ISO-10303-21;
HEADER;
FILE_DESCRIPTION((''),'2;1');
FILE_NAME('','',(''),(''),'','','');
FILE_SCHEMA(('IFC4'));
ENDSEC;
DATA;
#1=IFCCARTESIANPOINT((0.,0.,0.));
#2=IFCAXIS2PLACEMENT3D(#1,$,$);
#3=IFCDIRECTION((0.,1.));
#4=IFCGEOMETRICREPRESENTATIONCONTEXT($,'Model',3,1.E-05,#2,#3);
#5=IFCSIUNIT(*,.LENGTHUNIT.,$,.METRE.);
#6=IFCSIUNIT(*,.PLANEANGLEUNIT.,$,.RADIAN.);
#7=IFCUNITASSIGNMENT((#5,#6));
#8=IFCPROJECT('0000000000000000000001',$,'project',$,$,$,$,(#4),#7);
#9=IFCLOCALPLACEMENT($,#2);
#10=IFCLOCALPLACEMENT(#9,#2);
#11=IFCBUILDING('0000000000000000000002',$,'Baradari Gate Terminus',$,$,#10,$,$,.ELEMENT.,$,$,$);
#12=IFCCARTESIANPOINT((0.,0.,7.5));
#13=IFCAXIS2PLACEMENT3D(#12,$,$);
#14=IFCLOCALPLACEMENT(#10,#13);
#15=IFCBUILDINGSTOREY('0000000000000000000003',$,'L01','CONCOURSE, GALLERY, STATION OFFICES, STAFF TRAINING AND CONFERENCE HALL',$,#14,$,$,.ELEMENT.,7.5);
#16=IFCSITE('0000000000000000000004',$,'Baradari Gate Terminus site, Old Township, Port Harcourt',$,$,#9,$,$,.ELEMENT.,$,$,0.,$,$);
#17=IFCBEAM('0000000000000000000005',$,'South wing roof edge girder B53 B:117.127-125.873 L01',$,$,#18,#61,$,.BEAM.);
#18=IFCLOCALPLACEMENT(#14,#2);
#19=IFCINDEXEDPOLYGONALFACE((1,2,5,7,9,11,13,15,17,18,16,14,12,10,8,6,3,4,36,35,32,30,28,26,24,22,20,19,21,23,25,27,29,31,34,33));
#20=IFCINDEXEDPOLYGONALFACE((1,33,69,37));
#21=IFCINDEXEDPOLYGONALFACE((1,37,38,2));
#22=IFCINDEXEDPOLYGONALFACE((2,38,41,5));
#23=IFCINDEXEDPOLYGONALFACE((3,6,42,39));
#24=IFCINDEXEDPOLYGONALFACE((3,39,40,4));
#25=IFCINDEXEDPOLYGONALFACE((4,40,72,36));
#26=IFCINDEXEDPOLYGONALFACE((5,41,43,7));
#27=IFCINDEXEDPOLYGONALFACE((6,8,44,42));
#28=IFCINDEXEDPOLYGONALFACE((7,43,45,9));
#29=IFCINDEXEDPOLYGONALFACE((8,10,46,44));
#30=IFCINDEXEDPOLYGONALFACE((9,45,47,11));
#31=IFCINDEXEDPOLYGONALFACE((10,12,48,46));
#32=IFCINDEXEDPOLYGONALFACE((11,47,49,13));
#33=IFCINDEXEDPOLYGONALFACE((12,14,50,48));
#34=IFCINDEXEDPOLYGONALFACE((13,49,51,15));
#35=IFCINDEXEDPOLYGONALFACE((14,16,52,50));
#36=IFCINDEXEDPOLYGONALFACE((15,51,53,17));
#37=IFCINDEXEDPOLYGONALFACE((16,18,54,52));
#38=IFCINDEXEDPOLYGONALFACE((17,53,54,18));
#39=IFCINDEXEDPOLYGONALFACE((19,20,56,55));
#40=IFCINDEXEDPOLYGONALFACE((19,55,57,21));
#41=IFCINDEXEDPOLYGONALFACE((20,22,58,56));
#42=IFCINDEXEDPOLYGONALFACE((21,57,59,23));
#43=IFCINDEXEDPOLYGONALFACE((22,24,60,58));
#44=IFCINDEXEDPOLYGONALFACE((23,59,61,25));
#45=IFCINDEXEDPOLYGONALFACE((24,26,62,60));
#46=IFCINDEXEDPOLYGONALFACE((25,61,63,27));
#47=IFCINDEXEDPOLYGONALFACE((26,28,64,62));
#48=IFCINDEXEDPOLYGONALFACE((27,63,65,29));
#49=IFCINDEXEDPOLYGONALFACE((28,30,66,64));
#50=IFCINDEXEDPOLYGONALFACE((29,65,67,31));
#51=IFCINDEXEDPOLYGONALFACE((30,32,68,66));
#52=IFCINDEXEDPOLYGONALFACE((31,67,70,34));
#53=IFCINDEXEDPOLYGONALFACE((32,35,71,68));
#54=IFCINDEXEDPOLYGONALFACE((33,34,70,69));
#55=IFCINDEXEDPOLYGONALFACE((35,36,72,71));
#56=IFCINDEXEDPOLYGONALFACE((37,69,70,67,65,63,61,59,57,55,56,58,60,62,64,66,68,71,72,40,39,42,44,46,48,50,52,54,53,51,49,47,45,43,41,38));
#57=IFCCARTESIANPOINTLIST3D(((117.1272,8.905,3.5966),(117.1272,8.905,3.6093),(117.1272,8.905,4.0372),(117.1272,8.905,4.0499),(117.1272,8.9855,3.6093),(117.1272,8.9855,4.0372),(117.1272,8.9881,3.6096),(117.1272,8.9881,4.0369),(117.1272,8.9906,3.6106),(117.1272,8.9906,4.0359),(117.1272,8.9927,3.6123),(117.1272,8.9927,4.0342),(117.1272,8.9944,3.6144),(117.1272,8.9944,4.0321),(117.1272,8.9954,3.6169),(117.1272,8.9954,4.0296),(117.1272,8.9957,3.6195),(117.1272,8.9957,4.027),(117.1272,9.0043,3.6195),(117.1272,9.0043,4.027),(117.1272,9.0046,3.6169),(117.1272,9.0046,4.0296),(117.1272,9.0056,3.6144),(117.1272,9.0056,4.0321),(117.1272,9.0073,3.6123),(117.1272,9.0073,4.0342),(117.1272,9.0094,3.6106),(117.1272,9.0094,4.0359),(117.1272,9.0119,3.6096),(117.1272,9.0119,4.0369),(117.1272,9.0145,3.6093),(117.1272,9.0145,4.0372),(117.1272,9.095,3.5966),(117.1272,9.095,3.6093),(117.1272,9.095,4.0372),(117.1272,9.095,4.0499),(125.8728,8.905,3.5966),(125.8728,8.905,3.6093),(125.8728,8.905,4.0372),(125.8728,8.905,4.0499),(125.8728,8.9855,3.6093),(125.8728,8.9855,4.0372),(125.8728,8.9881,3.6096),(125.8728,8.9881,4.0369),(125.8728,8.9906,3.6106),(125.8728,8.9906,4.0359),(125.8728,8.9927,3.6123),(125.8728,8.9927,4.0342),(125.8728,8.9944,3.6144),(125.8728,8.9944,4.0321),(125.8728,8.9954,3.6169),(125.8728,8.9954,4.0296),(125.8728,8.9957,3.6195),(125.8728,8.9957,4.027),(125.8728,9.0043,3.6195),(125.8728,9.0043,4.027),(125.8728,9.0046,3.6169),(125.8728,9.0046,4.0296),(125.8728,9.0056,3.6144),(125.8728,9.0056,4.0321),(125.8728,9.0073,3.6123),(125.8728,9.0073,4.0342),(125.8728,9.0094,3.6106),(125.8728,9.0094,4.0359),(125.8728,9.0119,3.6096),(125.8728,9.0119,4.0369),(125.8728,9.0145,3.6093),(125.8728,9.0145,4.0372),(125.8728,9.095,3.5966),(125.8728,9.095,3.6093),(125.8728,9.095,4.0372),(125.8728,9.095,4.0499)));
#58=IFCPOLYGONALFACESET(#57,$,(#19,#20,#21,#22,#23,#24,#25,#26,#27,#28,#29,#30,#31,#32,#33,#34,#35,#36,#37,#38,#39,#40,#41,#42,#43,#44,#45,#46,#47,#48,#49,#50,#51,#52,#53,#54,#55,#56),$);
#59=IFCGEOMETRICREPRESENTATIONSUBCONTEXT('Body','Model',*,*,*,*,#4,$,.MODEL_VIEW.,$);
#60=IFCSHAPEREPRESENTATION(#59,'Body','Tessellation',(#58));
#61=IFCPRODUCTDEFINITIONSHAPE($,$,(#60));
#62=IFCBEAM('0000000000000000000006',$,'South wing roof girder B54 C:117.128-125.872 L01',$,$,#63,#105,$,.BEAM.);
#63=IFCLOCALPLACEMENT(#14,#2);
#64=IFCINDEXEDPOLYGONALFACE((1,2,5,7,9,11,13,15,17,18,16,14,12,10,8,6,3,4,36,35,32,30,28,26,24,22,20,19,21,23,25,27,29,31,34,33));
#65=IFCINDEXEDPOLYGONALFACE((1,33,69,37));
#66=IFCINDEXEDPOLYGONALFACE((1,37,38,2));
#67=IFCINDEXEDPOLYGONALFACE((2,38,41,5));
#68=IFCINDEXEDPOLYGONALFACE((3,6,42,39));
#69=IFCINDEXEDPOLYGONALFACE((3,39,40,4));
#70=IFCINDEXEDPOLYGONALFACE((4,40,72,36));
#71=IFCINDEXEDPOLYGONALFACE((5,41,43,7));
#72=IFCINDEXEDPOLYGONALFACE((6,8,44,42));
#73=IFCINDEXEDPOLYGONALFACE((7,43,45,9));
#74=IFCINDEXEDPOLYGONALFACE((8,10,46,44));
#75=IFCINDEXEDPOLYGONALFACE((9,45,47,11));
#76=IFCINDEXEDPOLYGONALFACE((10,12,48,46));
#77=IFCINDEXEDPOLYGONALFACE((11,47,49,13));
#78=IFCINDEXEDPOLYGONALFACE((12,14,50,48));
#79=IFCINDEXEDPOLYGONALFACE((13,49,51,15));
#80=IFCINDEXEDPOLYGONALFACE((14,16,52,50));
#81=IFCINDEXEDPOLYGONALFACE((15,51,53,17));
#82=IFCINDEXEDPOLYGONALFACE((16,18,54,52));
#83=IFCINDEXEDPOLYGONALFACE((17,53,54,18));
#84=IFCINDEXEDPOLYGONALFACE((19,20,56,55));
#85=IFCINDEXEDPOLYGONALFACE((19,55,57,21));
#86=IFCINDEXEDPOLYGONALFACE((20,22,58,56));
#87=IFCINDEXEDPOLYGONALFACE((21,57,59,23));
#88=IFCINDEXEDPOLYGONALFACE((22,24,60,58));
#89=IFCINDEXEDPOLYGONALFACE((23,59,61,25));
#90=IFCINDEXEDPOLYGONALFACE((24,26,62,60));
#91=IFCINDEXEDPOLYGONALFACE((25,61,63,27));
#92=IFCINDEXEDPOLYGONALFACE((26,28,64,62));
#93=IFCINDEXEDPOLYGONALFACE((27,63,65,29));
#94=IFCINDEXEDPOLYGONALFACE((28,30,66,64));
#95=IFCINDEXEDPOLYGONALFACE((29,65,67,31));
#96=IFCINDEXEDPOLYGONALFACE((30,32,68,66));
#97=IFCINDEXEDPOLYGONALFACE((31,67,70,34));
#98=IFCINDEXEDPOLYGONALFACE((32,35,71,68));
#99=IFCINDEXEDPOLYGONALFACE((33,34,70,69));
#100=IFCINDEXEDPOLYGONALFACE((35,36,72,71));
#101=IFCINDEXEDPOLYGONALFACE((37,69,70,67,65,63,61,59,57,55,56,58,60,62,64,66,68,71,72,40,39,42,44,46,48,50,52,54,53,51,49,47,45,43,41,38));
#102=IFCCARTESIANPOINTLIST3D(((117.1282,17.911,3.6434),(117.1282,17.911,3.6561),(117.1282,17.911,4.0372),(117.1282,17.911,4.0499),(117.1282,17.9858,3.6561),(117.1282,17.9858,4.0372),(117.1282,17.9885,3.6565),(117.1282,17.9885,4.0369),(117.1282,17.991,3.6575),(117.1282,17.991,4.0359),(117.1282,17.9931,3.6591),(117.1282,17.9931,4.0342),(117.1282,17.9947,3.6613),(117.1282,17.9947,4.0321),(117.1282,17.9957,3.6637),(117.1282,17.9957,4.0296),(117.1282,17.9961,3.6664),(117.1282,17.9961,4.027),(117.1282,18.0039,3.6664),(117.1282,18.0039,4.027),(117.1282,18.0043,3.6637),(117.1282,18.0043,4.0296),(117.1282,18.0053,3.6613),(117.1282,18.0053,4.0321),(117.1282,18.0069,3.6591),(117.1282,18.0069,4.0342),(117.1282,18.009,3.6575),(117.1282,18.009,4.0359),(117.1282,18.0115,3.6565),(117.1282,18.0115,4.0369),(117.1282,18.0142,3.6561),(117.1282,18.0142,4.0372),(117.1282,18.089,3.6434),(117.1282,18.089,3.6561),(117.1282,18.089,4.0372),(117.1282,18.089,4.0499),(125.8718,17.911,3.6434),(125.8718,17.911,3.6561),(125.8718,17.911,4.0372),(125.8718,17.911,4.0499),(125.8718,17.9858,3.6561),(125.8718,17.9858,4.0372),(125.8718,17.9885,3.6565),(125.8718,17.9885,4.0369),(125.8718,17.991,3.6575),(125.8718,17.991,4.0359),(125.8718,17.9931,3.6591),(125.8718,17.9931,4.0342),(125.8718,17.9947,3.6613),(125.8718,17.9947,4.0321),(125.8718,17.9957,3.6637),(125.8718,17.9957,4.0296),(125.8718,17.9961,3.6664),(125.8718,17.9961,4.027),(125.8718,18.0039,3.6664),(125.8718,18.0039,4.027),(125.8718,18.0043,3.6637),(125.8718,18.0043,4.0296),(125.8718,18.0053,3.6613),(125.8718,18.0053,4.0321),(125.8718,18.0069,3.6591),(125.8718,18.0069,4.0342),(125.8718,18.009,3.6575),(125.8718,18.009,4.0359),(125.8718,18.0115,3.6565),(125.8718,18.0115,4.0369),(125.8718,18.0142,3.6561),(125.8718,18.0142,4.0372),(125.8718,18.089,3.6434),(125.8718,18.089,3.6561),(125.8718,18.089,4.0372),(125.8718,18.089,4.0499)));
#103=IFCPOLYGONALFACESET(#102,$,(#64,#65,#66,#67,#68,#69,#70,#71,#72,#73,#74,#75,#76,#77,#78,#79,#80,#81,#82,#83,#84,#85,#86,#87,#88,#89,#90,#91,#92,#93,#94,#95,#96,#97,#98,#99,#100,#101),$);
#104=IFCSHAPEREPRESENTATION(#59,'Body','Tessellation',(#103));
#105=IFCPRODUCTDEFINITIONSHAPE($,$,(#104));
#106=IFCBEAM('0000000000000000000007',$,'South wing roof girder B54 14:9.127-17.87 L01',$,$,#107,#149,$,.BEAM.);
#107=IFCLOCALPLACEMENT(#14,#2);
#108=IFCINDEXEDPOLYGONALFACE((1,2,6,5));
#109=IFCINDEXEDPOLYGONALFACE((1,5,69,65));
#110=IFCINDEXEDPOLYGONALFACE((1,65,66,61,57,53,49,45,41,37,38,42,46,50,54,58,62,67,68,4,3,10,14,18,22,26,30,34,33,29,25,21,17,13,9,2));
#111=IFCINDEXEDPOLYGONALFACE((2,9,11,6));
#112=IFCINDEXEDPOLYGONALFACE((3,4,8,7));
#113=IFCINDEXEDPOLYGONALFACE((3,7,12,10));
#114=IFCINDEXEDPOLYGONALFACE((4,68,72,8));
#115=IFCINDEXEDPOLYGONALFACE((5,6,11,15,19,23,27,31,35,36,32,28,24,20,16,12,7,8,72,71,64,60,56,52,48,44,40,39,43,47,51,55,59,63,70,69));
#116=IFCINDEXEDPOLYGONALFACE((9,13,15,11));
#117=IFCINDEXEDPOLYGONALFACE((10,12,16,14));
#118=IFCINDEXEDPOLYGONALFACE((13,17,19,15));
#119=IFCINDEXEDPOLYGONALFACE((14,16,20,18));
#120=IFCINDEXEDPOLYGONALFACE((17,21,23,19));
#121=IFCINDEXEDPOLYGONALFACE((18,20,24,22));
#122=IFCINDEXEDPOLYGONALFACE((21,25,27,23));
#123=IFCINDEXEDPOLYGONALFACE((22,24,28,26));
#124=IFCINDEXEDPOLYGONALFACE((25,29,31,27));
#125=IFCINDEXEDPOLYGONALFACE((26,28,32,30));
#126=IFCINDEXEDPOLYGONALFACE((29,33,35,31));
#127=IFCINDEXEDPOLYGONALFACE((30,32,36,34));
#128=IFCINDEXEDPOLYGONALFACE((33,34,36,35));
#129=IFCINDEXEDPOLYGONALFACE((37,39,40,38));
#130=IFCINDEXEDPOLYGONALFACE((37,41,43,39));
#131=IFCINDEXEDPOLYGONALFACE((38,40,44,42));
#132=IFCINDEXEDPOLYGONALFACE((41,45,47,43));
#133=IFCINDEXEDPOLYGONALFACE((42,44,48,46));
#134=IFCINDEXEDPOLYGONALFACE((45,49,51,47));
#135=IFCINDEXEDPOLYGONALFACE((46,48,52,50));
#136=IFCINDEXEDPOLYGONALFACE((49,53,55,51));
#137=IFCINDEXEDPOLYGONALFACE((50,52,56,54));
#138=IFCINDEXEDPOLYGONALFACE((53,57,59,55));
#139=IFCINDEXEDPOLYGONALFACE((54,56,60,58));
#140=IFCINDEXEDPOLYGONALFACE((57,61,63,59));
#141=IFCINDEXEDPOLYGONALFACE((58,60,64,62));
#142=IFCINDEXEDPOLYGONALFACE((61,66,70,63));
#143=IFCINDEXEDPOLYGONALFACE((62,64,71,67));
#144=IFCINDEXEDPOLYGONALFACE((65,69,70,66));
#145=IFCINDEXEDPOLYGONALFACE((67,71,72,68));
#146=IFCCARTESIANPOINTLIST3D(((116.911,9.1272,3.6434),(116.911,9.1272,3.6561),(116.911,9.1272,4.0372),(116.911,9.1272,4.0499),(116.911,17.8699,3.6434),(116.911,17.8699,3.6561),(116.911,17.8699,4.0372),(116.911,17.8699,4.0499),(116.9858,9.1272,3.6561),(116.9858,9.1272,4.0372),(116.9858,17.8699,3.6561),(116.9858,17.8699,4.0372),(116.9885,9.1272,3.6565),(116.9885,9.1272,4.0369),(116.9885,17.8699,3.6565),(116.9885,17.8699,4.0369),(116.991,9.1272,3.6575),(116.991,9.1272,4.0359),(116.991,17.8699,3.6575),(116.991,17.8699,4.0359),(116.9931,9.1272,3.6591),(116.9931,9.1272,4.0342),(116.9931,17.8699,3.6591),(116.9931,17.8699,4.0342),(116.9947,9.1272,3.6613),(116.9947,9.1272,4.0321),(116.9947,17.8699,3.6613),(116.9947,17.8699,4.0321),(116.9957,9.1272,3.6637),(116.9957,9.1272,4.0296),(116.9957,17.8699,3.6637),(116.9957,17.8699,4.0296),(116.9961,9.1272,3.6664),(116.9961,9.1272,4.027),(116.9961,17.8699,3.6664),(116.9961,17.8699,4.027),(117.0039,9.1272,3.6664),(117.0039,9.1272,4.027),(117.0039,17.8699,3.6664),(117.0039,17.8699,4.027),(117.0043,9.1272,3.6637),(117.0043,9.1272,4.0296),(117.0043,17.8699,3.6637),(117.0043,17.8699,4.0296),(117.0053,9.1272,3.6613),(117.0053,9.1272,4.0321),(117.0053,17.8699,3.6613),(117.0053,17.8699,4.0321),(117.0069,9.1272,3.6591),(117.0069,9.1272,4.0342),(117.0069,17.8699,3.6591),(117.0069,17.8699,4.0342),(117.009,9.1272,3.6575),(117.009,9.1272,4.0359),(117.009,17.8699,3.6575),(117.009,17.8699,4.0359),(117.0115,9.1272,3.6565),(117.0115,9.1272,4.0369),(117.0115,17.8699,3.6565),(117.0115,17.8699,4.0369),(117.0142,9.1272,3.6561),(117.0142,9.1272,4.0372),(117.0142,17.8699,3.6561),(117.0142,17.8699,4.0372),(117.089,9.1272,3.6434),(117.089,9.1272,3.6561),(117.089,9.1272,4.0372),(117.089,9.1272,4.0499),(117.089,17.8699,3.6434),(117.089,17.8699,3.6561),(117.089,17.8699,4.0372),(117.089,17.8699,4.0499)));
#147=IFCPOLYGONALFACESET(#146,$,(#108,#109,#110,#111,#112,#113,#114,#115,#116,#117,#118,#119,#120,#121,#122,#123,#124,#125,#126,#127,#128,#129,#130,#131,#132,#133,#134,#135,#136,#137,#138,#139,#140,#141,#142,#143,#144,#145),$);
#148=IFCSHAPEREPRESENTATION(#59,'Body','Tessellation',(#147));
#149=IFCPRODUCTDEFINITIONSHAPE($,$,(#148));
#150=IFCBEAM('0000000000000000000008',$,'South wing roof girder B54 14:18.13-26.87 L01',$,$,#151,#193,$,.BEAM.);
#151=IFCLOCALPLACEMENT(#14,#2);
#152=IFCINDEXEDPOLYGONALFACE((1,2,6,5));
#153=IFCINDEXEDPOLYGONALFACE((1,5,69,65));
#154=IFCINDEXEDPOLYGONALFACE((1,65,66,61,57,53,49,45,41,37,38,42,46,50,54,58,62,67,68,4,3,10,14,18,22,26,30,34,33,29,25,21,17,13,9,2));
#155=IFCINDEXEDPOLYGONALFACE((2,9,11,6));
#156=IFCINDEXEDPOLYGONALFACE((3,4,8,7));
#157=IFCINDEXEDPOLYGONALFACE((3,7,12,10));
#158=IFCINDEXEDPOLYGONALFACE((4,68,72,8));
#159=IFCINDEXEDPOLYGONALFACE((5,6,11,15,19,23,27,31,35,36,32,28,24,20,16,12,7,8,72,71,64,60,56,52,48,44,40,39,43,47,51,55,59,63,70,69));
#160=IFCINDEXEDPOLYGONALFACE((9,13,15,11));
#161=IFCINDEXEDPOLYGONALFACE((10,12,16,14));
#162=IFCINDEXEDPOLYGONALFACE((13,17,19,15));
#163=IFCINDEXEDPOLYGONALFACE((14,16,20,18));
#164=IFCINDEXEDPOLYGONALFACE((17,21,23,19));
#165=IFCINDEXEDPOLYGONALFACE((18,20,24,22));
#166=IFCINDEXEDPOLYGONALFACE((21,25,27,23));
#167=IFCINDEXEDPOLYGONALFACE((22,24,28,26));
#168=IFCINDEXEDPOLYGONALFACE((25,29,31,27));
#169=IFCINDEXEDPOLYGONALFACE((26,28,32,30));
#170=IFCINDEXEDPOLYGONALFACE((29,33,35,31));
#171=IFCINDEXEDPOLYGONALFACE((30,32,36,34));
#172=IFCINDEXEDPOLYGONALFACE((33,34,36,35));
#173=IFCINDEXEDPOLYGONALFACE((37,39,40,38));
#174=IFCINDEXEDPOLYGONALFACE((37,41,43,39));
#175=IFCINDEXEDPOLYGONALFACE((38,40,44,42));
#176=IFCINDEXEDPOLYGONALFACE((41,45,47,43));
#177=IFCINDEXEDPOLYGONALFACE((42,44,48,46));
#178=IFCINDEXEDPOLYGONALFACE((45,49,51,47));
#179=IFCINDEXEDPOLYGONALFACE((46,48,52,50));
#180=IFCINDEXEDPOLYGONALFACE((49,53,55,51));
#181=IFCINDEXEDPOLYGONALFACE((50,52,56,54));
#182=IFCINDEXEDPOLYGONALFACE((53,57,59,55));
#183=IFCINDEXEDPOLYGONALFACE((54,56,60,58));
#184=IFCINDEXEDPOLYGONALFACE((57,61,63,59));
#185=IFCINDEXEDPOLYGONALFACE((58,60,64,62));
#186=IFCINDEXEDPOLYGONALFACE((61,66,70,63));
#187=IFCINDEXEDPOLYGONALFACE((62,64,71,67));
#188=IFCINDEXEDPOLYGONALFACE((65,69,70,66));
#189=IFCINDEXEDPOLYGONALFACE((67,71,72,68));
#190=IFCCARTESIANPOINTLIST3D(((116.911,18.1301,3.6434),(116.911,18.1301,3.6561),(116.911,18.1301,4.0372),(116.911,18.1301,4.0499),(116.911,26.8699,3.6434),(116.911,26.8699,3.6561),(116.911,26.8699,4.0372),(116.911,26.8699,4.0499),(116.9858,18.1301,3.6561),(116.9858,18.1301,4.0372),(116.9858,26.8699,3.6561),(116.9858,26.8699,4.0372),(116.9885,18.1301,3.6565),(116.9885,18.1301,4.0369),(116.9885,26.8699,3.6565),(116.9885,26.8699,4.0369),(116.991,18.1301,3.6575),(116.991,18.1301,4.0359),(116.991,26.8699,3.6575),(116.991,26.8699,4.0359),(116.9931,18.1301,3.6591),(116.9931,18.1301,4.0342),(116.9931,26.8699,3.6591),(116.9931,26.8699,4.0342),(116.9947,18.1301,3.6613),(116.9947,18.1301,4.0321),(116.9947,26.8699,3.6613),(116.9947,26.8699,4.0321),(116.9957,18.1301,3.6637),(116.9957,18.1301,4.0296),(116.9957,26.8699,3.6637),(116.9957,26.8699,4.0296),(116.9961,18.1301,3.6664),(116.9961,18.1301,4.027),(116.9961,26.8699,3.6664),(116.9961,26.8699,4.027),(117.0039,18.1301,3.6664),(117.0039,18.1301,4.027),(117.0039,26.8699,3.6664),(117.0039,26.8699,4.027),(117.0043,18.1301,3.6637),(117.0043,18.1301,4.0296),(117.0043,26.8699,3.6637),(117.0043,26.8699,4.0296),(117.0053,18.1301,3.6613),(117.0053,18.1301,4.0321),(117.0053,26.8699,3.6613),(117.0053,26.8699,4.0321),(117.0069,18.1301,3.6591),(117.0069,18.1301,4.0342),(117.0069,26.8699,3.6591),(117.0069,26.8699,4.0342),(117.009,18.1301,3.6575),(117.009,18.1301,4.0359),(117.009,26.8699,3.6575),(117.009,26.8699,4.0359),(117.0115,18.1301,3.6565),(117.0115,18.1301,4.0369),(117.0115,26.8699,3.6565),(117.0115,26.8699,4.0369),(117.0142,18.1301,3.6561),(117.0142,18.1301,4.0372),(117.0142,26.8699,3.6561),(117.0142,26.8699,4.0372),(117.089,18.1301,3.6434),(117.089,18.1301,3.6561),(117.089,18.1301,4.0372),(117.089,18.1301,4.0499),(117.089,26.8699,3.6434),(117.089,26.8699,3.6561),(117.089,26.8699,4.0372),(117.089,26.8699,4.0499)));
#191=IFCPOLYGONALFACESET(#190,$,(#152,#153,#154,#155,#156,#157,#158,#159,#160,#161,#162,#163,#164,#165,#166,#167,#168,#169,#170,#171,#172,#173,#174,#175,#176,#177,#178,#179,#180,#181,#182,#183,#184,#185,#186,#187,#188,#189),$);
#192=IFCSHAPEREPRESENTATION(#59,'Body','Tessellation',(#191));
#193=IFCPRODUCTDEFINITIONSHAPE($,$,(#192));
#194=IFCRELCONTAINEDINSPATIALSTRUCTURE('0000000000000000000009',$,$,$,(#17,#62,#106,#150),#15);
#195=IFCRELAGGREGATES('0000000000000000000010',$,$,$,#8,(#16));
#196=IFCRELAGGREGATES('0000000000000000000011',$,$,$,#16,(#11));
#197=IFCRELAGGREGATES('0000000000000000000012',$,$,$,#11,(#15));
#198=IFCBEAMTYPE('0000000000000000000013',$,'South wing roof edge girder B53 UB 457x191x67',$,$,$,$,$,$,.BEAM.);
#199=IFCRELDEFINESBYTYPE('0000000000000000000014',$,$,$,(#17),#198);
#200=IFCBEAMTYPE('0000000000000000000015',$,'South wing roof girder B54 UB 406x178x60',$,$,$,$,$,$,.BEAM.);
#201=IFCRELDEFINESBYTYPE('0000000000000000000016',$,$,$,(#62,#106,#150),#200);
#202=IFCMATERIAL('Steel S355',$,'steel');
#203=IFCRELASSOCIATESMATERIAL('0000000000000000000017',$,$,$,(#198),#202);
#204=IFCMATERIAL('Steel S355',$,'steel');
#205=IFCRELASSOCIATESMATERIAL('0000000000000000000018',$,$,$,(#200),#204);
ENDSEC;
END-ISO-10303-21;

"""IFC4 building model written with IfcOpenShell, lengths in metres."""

from ifc_helpers import new_model, si_unit, direction, frame, origin, origin_2d, place, context, subcontext, project, spatial, i_section, extrude, material, material_profile, profile_set, type_object, element, save


model = new_model("IFC4")

# Units and contexts
model_context = context("Model", 3, precision=1e-05, world=origin(), true_north=direction((0.0, 1.0)))
body_context = subcontext(model_context, "Body", "Model", "MODEL_VIEW")
ifc_project = project(units=[si_unit("LENGTHUNIT", "METRE"), si_unit("PLANEANGLEUNIT", "RADIAN")], contexts=[model_context])

# Site, building, storey
site_placement = place(None, origin())
site = spatial("IfcSite", under=ifc_project, at=site_placement, Name="Baradari Gate Terminus site, Old Township, Port Harcourt", CompositionType="ELEMENT", RefElevation=0.0)
building_placement = place(site_placement, origin())
building = spatial("IfcBuilding", under=site, at=building_placement, Name="Baradari Gate Terminus", CompositionType="ELEMENT")
storey_placement = place(building_placement, frame((0.0, 0.0, 7.5)))
storey = spatial("IfcBuildingStorey", under=building, at=storey_placement, Name="L01", Description="CONCOURSE, GALLERY, STATION OFFICES, STAFF TRAINING AND CONFERENCE HALL", CompositionType="ELEMENT", Elevation=7.5)

# Beams
ifc_material_1 = material(Name="Steel S355", Category="steel")
ifc_material_profile_1 = material_profile(ifc_material_1, i_section(OverallWidth=0.1899, OverallDepth=0.4534, WebThickness=0.0085, FlangeThickness=0.0127, FilletRadius=0.0103, at=origin_2d()), Name="UB 457x191x67")
ifc_profile_set_1 = profile_set([ifc_material_profile_1], Name="Steel S355")
beam_type_1 = type_object("IfcBeamType", Name="South wing roof edge girder B53 UB 457x191x67", PredefinedType="BEAM", material=ifc_profile_set_1)
beam_1_placement = place(storey_placement, frame((117.1272, 9.0, 3.8232), z_axis=(1.0, 0.0, 0.0), x_axis=(0.0, 1.0, 0.0)))
element("IfcBeam", 1, at=beam_1_placement, inside=storey, type_object=beam_type_1, Name="South wing roof edge girder B53 B:117.127-125.873 L01", PredefinedType="BEAM", context=body_context, shape_type="SweptSolid", body=[
    extrude(i_section(OverallWidth=0.1899, OverallDepth=0.4534, WebThickness=0.0085, FlangeThickness=0.0127, FilletRadius=0.0103, at=origin_2d()), origin(), (0.0, 0.0, 1.0), 8.7456),
])
ifc_material_2 = material(Name="Steel S355", Category="steel")
ifc_material_profile_2 = material_profile(ifc_material_2, i_section(OverallWidth=0.178, OverallDepth=0.4065, WebThickness=0.0078, FlangeThickness=0.0127, FilletRadius=0.0103, at=origin_2d()), Name="UB 406x178x60")
ifc_profile_set_2 = profile_set([ifc_material_profile_2], Name="Steel S355")
beam_type_2 = type_object("IfcBeamType", Name="South wing roof girder B54 UB 406x178x60", PredefinedType="BEAM", material=ifc_profile_set_2)
beam_2_placement = place(storey_placement, frame((117.1282, 18.0, 3.8467), z_axis=(1.0, 0.0, 0.0), x_axis=(0.0, 1.0, 0.0)))
element("IfcBeam", 2, at=beam_2_placement, inside=storey, type_object=beam_type_2, Name="South wing roof girder B54 C:117.128-125.872 L01", PredefinedType="BEAM", context=body_context, shape_type="SweptSolid", body=[
    extrude(i_section(OverallWidth=0.178, OverallDepth=0.4065, WebThickness=0.0078, FlangeThickness=0.0127, FilletRadius=0.0103, at=origin_2d()), origin(), (0.0, 0.0, 1.0), 8.7437),
])
beam_3_placement = place(storey_placement, frame((117.0, 9.1272, 3.8467), z_axis=(0.0, 1.0, 0.0), x_axis=(-1.0, 0.0, 0.0)))
element("IfcBeam", 3, at=beam_3_placement, inside=storey, type_object=beam_type_2, Name="South wing roof girder B54 14:9.127-17.87 L01", PredefinedType="BEAM", context=body_context, shape_type="SweptSolid", body=[
    extrude(i_section(OverallWidth=0.178, OverallDepth=0.4065, WebThickness=0.0078, FlangeThickness=0.0127, FilletRadius=0.0103, at=origin_2d()), origin(), (0.0, 0.0, 1.0), 8.7427),
])
beam_4_placement = place(storey_placement, frame((117.0, 18.1301, 3.8467), z_axis=(0.0, 1.0, 0.0), x_axis=(-1.0, 0.0, 0.0)))
element("IfcBeam", 4, at=beam_4_placement, inside=storey, type_object=beam_type_2, Name="South wing roof girder B54 14:18.13-26.87 L01", PredefinedType="BEAM", context=body_context, shape_type="SweptSolid", body=[
    extrude(i_section(OverallWidth=0.178, OverallDepth=0.4065, WebThickness=0.0078, FlangeThickness=0.0127, FilletRadius=0.0103, at=origin_2d()), origin(), (0.0, 0.0, 1.0), 8.7397),
])

save(model, "model.ifc")
